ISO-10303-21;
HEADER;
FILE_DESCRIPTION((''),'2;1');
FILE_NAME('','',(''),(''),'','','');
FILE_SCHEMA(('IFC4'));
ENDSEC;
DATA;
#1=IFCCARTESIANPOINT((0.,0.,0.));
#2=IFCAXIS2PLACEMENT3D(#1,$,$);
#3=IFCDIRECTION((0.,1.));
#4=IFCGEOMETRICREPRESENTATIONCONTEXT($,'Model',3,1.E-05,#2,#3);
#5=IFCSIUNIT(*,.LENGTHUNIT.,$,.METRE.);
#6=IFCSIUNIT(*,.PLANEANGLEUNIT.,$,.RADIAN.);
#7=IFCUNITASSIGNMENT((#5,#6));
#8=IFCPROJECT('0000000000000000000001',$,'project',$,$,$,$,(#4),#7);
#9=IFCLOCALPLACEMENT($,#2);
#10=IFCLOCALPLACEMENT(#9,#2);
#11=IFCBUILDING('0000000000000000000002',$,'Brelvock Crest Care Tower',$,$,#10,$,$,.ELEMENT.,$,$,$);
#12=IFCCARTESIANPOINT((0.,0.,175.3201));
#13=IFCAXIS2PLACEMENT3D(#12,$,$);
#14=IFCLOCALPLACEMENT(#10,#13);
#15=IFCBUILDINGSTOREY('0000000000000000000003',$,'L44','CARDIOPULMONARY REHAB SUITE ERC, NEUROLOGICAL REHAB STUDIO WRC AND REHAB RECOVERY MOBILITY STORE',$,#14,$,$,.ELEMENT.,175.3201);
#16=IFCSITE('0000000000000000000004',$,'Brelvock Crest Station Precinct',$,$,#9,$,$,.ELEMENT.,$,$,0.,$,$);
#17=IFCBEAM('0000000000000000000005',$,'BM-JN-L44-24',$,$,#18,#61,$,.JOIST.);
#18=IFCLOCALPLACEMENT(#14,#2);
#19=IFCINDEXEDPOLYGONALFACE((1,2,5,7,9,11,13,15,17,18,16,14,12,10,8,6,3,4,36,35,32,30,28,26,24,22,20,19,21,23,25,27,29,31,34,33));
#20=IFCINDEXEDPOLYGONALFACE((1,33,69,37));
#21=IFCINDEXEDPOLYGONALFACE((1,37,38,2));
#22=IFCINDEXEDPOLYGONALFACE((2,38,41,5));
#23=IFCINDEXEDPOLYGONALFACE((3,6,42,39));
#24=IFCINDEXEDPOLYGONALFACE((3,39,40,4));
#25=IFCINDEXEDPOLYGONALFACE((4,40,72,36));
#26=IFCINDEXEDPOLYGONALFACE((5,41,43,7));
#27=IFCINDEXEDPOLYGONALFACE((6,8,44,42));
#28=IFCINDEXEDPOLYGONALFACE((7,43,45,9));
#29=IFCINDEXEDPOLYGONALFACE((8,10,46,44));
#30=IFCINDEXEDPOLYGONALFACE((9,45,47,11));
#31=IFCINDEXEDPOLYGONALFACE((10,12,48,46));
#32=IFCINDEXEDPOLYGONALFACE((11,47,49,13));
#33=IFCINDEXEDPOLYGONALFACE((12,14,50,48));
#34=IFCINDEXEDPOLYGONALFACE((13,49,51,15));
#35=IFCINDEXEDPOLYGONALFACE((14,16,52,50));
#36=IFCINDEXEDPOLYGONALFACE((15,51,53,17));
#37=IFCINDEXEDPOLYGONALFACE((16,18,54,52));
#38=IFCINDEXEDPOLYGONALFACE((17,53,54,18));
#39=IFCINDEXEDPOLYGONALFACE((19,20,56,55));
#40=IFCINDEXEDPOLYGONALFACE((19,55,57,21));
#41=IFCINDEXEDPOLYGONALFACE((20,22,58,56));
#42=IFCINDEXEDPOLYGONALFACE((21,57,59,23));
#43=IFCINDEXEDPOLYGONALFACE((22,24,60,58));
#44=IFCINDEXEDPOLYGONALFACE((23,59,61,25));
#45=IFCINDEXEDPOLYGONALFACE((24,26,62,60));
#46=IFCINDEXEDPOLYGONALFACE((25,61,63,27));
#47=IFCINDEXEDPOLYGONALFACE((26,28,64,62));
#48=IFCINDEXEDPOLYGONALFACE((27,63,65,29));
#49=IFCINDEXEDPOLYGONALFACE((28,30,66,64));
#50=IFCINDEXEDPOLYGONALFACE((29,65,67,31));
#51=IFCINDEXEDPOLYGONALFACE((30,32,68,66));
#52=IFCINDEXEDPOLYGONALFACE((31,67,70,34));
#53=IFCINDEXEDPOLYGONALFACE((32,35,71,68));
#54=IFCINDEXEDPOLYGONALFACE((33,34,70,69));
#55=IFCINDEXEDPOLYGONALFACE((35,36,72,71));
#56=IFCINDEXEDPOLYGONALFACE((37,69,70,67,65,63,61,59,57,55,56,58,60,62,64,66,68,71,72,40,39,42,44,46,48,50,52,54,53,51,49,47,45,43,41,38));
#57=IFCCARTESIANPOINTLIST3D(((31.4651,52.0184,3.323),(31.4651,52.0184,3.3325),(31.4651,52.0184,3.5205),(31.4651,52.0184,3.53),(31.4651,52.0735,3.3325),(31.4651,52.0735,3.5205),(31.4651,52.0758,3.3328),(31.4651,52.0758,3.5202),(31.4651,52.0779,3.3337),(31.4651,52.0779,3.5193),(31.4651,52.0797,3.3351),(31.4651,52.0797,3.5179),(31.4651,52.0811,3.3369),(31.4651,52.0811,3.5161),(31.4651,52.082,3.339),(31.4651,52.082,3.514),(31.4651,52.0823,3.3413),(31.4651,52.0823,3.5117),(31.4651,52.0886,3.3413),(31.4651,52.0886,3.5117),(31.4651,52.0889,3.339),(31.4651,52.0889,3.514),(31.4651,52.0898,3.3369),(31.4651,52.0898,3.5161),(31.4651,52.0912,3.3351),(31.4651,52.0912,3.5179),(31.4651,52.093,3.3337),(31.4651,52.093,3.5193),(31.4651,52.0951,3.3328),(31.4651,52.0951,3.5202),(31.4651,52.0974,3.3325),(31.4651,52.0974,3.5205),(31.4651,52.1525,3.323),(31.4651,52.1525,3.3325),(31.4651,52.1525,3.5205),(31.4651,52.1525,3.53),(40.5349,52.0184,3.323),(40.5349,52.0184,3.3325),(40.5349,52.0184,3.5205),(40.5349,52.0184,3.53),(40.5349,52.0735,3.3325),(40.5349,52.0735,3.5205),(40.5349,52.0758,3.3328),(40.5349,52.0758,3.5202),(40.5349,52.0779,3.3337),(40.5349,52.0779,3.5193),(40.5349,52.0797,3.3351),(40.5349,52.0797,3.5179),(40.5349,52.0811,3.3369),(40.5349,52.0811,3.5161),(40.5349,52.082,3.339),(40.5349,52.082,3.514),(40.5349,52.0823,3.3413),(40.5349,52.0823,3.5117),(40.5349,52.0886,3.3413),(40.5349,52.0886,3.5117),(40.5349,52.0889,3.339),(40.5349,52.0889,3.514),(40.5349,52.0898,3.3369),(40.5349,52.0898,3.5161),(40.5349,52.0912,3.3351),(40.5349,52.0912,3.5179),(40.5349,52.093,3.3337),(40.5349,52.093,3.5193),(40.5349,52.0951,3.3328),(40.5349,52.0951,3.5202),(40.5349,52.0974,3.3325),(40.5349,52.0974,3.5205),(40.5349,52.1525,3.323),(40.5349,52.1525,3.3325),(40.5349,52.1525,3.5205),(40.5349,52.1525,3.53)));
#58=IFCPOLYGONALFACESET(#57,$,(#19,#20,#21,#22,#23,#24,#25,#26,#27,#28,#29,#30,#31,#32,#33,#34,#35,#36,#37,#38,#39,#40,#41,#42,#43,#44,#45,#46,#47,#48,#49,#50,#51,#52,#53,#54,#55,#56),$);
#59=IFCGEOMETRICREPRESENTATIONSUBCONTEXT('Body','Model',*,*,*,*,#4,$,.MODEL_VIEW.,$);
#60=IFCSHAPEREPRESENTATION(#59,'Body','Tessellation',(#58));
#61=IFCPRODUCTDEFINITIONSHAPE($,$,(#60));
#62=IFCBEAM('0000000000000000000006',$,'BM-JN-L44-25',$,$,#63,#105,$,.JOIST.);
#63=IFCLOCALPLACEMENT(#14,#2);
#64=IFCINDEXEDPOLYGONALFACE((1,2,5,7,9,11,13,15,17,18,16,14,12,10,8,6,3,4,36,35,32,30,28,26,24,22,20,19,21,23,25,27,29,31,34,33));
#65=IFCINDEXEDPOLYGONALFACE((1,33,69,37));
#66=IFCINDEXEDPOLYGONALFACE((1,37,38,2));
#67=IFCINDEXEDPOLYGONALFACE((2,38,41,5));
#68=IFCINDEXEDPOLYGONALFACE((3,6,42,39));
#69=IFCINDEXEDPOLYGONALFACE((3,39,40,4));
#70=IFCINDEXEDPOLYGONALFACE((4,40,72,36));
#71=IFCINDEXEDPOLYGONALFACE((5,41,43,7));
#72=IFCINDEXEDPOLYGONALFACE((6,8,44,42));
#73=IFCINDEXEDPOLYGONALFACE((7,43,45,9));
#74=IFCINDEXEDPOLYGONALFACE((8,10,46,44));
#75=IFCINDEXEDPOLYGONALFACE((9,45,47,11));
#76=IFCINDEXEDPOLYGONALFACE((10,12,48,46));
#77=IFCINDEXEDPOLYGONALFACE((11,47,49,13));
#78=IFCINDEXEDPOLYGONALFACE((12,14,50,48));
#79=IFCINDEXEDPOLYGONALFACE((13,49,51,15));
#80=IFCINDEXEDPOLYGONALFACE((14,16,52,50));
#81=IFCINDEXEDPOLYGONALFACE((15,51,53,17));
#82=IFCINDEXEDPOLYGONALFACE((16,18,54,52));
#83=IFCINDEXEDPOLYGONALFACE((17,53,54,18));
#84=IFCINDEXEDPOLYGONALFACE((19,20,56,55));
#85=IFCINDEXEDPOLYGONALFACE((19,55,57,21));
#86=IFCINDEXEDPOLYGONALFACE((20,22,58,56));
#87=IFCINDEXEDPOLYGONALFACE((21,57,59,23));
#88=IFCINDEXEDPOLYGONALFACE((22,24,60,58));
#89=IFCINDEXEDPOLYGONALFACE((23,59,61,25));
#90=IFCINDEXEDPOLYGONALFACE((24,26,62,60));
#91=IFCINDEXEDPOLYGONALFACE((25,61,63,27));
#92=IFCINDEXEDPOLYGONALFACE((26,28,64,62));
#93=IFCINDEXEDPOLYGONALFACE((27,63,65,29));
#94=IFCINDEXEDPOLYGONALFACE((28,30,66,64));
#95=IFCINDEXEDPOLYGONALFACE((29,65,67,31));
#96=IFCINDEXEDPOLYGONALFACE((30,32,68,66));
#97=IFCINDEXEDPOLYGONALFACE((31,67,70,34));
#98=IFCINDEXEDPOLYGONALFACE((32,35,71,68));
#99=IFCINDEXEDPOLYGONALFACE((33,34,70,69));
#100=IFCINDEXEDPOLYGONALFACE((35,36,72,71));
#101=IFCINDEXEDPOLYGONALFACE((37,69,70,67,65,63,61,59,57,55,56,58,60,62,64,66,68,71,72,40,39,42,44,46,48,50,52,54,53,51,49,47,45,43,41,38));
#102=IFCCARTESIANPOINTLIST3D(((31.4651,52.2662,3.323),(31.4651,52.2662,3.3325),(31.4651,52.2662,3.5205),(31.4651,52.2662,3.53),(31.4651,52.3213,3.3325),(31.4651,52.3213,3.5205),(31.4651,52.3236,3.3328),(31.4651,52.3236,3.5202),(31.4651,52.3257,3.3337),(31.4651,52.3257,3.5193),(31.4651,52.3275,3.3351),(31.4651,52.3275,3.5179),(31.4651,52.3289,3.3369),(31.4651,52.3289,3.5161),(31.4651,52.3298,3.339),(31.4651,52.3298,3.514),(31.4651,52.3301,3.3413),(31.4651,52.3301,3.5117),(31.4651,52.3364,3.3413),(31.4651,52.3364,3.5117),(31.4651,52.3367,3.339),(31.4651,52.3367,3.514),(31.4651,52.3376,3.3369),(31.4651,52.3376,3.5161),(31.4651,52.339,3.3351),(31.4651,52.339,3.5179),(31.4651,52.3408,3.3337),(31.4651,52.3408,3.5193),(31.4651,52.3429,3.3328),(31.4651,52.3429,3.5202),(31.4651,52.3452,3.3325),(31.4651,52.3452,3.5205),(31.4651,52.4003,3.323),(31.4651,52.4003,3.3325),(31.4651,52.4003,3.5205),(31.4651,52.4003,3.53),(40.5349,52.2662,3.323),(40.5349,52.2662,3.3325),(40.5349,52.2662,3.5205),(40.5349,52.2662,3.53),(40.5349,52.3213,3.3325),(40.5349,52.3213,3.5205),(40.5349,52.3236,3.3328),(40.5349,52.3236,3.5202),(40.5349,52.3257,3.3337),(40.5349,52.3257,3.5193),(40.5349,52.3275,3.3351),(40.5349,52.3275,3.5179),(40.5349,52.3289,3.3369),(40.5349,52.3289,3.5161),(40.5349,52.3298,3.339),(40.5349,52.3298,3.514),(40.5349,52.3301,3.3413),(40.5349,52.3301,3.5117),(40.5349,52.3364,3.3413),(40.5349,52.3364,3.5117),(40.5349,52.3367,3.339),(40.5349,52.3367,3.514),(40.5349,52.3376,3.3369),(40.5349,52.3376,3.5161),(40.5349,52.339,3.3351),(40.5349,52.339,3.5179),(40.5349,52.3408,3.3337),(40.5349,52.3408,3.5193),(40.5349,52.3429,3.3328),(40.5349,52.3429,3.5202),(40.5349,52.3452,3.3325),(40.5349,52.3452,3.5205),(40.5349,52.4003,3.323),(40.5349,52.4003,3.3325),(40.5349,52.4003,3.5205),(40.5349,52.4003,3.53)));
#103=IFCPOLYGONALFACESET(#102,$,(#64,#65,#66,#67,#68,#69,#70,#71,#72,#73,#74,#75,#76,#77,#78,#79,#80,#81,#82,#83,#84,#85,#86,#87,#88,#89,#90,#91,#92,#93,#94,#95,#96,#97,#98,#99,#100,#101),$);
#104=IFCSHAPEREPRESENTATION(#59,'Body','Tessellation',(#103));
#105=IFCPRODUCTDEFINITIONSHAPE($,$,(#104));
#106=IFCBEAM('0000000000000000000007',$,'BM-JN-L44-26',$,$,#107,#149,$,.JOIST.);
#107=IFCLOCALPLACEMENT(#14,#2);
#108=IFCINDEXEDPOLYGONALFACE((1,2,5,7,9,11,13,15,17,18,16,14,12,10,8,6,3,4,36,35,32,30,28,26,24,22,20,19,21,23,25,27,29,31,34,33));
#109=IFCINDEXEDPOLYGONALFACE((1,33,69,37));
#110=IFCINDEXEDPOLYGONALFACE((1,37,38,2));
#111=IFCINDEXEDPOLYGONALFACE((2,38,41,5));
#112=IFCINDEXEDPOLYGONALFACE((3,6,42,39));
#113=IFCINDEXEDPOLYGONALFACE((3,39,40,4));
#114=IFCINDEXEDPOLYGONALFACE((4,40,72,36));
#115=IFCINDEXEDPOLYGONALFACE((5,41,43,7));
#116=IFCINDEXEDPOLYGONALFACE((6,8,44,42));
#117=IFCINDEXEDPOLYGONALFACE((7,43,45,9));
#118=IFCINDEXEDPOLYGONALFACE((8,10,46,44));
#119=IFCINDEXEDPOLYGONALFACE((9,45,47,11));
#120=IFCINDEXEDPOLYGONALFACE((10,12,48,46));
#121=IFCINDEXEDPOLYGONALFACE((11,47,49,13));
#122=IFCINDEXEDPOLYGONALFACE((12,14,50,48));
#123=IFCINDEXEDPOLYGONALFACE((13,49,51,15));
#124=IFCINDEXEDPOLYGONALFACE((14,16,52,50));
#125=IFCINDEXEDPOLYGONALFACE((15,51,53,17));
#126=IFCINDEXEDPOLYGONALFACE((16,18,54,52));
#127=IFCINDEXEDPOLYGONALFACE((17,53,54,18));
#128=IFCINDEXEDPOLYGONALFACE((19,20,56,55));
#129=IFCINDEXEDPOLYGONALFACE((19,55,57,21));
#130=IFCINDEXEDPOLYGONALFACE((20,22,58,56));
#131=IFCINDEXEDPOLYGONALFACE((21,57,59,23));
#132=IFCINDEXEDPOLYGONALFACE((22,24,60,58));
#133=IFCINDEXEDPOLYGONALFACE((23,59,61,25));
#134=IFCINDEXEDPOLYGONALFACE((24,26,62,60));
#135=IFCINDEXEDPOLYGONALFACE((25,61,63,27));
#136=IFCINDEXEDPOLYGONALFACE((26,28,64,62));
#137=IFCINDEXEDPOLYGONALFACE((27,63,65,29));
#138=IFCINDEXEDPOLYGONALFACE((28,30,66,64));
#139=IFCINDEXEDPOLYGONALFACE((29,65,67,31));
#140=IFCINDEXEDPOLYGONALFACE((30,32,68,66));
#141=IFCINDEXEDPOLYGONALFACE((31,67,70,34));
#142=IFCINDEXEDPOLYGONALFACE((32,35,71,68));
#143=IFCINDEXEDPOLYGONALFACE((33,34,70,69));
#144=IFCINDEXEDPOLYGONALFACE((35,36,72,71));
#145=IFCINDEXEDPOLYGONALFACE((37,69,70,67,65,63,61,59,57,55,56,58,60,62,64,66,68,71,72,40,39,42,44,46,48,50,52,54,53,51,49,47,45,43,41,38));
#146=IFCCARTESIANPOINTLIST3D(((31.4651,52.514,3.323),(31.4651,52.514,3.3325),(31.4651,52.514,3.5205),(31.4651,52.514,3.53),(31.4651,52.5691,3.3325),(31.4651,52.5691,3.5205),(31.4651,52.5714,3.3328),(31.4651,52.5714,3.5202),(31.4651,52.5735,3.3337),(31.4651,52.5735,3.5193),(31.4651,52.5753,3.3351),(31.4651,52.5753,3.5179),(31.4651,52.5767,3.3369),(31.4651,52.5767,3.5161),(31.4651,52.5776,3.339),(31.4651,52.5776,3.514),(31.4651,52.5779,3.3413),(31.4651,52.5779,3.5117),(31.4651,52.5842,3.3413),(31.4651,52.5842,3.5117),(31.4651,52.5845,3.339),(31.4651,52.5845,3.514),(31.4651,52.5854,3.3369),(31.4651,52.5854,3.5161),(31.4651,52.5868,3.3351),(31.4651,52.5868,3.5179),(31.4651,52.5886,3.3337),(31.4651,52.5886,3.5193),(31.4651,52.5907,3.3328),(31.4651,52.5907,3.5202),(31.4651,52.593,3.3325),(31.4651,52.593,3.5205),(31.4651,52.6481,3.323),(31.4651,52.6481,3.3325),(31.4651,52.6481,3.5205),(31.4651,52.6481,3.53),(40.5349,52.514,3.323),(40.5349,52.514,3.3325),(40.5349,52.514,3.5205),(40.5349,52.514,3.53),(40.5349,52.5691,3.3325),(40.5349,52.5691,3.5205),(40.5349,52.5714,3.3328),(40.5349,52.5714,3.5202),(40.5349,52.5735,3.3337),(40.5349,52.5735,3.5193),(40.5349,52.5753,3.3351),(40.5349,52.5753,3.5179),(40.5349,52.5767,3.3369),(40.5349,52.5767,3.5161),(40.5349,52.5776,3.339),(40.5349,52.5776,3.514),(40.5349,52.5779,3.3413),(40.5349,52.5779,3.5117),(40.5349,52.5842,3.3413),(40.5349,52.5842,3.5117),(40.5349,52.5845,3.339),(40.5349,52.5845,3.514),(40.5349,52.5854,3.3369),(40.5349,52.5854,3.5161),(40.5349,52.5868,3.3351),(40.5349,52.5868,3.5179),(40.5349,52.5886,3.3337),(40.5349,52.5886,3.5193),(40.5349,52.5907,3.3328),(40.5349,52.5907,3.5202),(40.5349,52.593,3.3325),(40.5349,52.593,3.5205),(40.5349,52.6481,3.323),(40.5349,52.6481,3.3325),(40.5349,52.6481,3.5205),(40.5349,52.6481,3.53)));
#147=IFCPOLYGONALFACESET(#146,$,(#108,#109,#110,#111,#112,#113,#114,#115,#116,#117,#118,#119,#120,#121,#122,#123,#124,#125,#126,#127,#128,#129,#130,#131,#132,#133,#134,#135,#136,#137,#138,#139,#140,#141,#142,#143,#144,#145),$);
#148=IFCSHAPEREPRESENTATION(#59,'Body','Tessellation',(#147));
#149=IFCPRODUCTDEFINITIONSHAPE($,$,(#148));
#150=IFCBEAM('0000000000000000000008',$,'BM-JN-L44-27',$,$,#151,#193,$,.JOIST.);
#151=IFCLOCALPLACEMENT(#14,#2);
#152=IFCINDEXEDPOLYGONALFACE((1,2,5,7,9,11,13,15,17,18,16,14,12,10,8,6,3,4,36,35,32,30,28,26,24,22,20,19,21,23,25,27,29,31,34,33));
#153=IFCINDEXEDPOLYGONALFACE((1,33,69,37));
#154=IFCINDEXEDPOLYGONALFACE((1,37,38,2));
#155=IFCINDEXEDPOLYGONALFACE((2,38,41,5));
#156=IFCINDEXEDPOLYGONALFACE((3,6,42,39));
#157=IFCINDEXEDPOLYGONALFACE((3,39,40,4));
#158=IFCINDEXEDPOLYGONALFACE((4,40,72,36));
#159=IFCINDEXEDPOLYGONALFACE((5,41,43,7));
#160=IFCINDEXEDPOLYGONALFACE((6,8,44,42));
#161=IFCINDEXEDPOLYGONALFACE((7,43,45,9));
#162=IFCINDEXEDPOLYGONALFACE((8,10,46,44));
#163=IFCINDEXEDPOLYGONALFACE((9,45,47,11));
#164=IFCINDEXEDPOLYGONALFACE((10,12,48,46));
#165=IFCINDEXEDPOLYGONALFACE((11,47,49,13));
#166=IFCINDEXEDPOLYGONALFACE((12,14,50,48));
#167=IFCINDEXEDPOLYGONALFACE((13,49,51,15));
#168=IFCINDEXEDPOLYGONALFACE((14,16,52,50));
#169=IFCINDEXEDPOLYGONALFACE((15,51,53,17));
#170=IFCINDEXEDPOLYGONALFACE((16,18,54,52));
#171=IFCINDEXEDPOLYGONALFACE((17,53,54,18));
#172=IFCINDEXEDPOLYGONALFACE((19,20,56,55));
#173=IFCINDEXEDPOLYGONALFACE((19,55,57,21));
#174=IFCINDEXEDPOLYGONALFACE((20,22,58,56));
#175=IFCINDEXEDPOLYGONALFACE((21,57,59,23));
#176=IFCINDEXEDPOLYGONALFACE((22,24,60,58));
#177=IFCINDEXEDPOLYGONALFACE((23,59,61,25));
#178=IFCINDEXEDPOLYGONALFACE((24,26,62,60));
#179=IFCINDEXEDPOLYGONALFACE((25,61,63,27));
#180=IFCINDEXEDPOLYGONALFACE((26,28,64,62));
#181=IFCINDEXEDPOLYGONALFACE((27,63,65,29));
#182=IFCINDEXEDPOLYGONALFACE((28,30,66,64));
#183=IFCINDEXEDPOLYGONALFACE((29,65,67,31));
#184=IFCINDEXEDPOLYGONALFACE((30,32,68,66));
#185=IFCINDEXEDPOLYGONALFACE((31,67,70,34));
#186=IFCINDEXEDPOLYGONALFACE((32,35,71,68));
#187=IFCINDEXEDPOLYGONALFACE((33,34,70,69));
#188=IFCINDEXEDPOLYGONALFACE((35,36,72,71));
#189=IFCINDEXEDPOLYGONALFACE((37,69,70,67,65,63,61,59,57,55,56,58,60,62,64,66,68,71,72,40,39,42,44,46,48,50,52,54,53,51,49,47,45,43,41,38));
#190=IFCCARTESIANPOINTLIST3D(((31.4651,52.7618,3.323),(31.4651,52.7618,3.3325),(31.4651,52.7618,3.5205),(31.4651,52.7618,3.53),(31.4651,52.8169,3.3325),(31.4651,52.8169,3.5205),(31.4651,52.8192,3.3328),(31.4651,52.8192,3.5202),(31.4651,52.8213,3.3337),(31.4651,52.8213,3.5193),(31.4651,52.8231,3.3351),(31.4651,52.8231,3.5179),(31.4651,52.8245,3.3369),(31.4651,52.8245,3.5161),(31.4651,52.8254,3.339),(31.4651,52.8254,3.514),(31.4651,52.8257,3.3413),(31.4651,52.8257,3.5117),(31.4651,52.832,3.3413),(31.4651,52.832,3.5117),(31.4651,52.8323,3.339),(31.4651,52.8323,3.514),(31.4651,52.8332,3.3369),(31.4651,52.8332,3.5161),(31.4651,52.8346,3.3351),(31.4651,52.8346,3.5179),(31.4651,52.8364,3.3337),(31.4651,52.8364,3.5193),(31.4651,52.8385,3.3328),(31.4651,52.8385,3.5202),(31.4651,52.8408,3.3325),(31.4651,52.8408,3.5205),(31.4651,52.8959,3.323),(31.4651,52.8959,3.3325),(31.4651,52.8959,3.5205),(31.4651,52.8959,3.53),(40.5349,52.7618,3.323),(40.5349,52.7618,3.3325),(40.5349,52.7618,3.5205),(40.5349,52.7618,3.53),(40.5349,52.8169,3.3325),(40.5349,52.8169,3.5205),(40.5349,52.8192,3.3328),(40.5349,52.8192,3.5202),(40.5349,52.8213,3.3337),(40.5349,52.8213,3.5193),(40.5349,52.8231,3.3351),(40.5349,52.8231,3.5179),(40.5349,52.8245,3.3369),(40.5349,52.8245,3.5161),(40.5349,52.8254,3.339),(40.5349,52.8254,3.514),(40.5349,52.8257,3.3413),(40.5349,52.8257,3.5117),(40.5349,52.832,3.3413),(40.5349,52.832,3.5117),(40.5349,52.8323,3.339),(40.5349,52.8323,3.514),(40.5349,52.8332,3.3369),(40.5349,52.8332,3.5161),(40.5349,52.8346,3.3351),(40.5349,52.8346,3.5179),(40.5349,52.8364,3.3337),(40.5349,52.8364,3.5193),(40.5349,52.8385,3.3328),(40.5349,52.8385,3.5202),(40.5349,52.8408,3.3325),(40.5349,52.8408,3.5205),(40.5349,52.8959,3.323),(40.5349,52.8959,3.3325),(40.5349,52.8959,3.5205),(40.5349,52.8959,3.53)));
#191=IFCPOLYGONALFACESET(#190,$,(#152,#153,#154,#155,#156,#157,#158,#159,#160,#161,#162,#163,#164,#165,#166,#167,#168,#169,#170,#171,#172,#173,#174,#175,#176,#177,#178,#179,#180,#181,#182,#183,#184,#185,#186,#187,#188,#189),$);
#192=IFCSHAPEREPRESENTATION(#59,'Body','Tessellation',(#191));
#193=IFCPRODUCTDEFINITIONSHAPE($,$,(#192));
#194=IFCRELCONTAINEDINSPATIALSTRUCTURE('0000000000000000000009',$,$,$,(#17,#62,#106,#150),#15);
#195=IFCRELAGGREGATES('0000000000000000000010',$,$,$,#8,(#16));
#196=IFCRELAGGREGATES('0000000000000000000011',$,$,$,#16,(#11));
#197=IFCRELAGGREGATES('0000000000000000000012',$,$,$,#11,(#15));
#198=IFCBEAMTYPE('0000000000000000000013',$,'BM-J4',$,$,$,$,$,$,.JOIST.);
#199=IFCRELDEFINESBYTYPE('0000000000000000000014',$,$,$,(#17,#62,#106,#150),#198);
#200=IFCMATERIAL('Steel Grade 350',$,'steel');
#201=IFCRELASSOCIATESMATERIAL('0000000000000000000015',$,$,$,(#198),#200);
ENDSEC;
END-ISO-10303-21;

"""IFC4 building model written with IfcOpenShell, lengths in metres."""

from ifc_helpers import new_model, si_unit, direction, frame, origin, origin_2d, place, context, subcontext, project, spatial, i_section, extrude, source, transform, mapped, material, material_profile, profile_set, type_object, element, save


model = new_model("IFC4")

# Units and contexts
model_context = context("Model", 3, precision=1e-05, world=origin(), true_north=direction((0.0, 1.0)))
body_context = subcontext(model_context, "Body", "Model", "MODEL_VIEW")
ifc_project = project(units=[si_unit("LENGTHUNIT", "METRE"), si_unit("PLANEANGLEUNIT", "RADIAN")], contexts=[model_context])

# Site, building, storey
site_placement = place(None, origin())
site = spatial("IfcSite", under=ifc_project, at=site_placement, Name="Brelvock Crest Station Precinct", CompositionType="ELEMENT", RefElevation=0.0)
building_placement = place(site_placement, origin())
building = spatial("IfcBuilding", under=site, at=building_placement, Name="Brelvock Crest Care Tower", CompositionType="ELEMENT")
storey_placement = place(building_placement, frame((0.0, 0.0, 175.3201)))
storey = spatial("IfcBuildingStorey", under=building, at=storey_placement, Name="L44", Description="CARDIOPULMONARY REHAB SUITE ERC, NEUROLOGICAL REHAB STUDIO WRC AND REHAB RECOVERY MOBILITY STORE", CompositionType="ELEMENT", Elevation=175.3201)

# Shared definitions
ifc_material_1 = material(Name="Steel Grade 350", Category="steel")

# Beams
ifc_material_profile_1 = material_profile(ifc_material_1, i_section(OverallWidth=0.134, OverallDepth=0.207, WebThickness=0.0063, FlangeThickness=0.0095, FilletRadius=0.0088, at=origin_2d()), Name="200UB29.8")
ifc_profile_set_1 = profile_set([ifc_material_profile_1], Name="Steel Grade 350")
beam_type_1 = type_object("IfcBeamType", Name="BM-J4", PredefinedType="JOIST", material=ifc_profile_set_1)
shared_shape_1 = source(origin(), body_context, "Body", "SweptSolid", [
    extrude(i_section(OverallWidth=0.134, OverallDepth=0.207, WebThickness=0.0063, FlangeThickness=0.0095, FilletRadius=0.0088, at=origin_2d()), origin(), (0.0, 0.0, 1.0), 9.0698),
])
for number, where, z_axis, x_axis, name in (
    (1, (31.4651, 52.0854, 3.4265), (1.0, 0.0, 0.0), (0.0, 1.0, 0.0), "BM-JN-L44-24"),
    (2, (31.4651, 52.3333, 3.4265), (1.0, 0.0, 0.0), (0.0, 1.0, 0.0), "BM-JN-L44-25"),
    (3, (31.4651, 52.5811, 3.4265), (1.0, 0.0, 0.0), (0.0, 1.0, 0.0), "BM-JN-L44-26"),
    (4, (31.4651, 52.8289, 3.4265), (1.0, 0.0, 0.0), (0.0, 1.0, 0.0), "BM-JN-L44-27"),
):
    element("IfcBeam", number, at=place(storey_placement, frame(where, z_axis=z_axis, x_axis=x_axis)), inside=storey, type_object=beam_type_1, Name=name, PredefinedType="JOIST", context=body_context, shape_type="MappedRepresentation", body=[
        mapped(shared_shape_1, transform((0.0, 0.0, 0.0), x_axis=(1.0, 0.0, 0.0), y_axis=(0.0, 1.0, 0.0), z_axis=(0.0, 0.0, 1.0), scale=1.0)),
    ])

save(model, "model.ifc")
